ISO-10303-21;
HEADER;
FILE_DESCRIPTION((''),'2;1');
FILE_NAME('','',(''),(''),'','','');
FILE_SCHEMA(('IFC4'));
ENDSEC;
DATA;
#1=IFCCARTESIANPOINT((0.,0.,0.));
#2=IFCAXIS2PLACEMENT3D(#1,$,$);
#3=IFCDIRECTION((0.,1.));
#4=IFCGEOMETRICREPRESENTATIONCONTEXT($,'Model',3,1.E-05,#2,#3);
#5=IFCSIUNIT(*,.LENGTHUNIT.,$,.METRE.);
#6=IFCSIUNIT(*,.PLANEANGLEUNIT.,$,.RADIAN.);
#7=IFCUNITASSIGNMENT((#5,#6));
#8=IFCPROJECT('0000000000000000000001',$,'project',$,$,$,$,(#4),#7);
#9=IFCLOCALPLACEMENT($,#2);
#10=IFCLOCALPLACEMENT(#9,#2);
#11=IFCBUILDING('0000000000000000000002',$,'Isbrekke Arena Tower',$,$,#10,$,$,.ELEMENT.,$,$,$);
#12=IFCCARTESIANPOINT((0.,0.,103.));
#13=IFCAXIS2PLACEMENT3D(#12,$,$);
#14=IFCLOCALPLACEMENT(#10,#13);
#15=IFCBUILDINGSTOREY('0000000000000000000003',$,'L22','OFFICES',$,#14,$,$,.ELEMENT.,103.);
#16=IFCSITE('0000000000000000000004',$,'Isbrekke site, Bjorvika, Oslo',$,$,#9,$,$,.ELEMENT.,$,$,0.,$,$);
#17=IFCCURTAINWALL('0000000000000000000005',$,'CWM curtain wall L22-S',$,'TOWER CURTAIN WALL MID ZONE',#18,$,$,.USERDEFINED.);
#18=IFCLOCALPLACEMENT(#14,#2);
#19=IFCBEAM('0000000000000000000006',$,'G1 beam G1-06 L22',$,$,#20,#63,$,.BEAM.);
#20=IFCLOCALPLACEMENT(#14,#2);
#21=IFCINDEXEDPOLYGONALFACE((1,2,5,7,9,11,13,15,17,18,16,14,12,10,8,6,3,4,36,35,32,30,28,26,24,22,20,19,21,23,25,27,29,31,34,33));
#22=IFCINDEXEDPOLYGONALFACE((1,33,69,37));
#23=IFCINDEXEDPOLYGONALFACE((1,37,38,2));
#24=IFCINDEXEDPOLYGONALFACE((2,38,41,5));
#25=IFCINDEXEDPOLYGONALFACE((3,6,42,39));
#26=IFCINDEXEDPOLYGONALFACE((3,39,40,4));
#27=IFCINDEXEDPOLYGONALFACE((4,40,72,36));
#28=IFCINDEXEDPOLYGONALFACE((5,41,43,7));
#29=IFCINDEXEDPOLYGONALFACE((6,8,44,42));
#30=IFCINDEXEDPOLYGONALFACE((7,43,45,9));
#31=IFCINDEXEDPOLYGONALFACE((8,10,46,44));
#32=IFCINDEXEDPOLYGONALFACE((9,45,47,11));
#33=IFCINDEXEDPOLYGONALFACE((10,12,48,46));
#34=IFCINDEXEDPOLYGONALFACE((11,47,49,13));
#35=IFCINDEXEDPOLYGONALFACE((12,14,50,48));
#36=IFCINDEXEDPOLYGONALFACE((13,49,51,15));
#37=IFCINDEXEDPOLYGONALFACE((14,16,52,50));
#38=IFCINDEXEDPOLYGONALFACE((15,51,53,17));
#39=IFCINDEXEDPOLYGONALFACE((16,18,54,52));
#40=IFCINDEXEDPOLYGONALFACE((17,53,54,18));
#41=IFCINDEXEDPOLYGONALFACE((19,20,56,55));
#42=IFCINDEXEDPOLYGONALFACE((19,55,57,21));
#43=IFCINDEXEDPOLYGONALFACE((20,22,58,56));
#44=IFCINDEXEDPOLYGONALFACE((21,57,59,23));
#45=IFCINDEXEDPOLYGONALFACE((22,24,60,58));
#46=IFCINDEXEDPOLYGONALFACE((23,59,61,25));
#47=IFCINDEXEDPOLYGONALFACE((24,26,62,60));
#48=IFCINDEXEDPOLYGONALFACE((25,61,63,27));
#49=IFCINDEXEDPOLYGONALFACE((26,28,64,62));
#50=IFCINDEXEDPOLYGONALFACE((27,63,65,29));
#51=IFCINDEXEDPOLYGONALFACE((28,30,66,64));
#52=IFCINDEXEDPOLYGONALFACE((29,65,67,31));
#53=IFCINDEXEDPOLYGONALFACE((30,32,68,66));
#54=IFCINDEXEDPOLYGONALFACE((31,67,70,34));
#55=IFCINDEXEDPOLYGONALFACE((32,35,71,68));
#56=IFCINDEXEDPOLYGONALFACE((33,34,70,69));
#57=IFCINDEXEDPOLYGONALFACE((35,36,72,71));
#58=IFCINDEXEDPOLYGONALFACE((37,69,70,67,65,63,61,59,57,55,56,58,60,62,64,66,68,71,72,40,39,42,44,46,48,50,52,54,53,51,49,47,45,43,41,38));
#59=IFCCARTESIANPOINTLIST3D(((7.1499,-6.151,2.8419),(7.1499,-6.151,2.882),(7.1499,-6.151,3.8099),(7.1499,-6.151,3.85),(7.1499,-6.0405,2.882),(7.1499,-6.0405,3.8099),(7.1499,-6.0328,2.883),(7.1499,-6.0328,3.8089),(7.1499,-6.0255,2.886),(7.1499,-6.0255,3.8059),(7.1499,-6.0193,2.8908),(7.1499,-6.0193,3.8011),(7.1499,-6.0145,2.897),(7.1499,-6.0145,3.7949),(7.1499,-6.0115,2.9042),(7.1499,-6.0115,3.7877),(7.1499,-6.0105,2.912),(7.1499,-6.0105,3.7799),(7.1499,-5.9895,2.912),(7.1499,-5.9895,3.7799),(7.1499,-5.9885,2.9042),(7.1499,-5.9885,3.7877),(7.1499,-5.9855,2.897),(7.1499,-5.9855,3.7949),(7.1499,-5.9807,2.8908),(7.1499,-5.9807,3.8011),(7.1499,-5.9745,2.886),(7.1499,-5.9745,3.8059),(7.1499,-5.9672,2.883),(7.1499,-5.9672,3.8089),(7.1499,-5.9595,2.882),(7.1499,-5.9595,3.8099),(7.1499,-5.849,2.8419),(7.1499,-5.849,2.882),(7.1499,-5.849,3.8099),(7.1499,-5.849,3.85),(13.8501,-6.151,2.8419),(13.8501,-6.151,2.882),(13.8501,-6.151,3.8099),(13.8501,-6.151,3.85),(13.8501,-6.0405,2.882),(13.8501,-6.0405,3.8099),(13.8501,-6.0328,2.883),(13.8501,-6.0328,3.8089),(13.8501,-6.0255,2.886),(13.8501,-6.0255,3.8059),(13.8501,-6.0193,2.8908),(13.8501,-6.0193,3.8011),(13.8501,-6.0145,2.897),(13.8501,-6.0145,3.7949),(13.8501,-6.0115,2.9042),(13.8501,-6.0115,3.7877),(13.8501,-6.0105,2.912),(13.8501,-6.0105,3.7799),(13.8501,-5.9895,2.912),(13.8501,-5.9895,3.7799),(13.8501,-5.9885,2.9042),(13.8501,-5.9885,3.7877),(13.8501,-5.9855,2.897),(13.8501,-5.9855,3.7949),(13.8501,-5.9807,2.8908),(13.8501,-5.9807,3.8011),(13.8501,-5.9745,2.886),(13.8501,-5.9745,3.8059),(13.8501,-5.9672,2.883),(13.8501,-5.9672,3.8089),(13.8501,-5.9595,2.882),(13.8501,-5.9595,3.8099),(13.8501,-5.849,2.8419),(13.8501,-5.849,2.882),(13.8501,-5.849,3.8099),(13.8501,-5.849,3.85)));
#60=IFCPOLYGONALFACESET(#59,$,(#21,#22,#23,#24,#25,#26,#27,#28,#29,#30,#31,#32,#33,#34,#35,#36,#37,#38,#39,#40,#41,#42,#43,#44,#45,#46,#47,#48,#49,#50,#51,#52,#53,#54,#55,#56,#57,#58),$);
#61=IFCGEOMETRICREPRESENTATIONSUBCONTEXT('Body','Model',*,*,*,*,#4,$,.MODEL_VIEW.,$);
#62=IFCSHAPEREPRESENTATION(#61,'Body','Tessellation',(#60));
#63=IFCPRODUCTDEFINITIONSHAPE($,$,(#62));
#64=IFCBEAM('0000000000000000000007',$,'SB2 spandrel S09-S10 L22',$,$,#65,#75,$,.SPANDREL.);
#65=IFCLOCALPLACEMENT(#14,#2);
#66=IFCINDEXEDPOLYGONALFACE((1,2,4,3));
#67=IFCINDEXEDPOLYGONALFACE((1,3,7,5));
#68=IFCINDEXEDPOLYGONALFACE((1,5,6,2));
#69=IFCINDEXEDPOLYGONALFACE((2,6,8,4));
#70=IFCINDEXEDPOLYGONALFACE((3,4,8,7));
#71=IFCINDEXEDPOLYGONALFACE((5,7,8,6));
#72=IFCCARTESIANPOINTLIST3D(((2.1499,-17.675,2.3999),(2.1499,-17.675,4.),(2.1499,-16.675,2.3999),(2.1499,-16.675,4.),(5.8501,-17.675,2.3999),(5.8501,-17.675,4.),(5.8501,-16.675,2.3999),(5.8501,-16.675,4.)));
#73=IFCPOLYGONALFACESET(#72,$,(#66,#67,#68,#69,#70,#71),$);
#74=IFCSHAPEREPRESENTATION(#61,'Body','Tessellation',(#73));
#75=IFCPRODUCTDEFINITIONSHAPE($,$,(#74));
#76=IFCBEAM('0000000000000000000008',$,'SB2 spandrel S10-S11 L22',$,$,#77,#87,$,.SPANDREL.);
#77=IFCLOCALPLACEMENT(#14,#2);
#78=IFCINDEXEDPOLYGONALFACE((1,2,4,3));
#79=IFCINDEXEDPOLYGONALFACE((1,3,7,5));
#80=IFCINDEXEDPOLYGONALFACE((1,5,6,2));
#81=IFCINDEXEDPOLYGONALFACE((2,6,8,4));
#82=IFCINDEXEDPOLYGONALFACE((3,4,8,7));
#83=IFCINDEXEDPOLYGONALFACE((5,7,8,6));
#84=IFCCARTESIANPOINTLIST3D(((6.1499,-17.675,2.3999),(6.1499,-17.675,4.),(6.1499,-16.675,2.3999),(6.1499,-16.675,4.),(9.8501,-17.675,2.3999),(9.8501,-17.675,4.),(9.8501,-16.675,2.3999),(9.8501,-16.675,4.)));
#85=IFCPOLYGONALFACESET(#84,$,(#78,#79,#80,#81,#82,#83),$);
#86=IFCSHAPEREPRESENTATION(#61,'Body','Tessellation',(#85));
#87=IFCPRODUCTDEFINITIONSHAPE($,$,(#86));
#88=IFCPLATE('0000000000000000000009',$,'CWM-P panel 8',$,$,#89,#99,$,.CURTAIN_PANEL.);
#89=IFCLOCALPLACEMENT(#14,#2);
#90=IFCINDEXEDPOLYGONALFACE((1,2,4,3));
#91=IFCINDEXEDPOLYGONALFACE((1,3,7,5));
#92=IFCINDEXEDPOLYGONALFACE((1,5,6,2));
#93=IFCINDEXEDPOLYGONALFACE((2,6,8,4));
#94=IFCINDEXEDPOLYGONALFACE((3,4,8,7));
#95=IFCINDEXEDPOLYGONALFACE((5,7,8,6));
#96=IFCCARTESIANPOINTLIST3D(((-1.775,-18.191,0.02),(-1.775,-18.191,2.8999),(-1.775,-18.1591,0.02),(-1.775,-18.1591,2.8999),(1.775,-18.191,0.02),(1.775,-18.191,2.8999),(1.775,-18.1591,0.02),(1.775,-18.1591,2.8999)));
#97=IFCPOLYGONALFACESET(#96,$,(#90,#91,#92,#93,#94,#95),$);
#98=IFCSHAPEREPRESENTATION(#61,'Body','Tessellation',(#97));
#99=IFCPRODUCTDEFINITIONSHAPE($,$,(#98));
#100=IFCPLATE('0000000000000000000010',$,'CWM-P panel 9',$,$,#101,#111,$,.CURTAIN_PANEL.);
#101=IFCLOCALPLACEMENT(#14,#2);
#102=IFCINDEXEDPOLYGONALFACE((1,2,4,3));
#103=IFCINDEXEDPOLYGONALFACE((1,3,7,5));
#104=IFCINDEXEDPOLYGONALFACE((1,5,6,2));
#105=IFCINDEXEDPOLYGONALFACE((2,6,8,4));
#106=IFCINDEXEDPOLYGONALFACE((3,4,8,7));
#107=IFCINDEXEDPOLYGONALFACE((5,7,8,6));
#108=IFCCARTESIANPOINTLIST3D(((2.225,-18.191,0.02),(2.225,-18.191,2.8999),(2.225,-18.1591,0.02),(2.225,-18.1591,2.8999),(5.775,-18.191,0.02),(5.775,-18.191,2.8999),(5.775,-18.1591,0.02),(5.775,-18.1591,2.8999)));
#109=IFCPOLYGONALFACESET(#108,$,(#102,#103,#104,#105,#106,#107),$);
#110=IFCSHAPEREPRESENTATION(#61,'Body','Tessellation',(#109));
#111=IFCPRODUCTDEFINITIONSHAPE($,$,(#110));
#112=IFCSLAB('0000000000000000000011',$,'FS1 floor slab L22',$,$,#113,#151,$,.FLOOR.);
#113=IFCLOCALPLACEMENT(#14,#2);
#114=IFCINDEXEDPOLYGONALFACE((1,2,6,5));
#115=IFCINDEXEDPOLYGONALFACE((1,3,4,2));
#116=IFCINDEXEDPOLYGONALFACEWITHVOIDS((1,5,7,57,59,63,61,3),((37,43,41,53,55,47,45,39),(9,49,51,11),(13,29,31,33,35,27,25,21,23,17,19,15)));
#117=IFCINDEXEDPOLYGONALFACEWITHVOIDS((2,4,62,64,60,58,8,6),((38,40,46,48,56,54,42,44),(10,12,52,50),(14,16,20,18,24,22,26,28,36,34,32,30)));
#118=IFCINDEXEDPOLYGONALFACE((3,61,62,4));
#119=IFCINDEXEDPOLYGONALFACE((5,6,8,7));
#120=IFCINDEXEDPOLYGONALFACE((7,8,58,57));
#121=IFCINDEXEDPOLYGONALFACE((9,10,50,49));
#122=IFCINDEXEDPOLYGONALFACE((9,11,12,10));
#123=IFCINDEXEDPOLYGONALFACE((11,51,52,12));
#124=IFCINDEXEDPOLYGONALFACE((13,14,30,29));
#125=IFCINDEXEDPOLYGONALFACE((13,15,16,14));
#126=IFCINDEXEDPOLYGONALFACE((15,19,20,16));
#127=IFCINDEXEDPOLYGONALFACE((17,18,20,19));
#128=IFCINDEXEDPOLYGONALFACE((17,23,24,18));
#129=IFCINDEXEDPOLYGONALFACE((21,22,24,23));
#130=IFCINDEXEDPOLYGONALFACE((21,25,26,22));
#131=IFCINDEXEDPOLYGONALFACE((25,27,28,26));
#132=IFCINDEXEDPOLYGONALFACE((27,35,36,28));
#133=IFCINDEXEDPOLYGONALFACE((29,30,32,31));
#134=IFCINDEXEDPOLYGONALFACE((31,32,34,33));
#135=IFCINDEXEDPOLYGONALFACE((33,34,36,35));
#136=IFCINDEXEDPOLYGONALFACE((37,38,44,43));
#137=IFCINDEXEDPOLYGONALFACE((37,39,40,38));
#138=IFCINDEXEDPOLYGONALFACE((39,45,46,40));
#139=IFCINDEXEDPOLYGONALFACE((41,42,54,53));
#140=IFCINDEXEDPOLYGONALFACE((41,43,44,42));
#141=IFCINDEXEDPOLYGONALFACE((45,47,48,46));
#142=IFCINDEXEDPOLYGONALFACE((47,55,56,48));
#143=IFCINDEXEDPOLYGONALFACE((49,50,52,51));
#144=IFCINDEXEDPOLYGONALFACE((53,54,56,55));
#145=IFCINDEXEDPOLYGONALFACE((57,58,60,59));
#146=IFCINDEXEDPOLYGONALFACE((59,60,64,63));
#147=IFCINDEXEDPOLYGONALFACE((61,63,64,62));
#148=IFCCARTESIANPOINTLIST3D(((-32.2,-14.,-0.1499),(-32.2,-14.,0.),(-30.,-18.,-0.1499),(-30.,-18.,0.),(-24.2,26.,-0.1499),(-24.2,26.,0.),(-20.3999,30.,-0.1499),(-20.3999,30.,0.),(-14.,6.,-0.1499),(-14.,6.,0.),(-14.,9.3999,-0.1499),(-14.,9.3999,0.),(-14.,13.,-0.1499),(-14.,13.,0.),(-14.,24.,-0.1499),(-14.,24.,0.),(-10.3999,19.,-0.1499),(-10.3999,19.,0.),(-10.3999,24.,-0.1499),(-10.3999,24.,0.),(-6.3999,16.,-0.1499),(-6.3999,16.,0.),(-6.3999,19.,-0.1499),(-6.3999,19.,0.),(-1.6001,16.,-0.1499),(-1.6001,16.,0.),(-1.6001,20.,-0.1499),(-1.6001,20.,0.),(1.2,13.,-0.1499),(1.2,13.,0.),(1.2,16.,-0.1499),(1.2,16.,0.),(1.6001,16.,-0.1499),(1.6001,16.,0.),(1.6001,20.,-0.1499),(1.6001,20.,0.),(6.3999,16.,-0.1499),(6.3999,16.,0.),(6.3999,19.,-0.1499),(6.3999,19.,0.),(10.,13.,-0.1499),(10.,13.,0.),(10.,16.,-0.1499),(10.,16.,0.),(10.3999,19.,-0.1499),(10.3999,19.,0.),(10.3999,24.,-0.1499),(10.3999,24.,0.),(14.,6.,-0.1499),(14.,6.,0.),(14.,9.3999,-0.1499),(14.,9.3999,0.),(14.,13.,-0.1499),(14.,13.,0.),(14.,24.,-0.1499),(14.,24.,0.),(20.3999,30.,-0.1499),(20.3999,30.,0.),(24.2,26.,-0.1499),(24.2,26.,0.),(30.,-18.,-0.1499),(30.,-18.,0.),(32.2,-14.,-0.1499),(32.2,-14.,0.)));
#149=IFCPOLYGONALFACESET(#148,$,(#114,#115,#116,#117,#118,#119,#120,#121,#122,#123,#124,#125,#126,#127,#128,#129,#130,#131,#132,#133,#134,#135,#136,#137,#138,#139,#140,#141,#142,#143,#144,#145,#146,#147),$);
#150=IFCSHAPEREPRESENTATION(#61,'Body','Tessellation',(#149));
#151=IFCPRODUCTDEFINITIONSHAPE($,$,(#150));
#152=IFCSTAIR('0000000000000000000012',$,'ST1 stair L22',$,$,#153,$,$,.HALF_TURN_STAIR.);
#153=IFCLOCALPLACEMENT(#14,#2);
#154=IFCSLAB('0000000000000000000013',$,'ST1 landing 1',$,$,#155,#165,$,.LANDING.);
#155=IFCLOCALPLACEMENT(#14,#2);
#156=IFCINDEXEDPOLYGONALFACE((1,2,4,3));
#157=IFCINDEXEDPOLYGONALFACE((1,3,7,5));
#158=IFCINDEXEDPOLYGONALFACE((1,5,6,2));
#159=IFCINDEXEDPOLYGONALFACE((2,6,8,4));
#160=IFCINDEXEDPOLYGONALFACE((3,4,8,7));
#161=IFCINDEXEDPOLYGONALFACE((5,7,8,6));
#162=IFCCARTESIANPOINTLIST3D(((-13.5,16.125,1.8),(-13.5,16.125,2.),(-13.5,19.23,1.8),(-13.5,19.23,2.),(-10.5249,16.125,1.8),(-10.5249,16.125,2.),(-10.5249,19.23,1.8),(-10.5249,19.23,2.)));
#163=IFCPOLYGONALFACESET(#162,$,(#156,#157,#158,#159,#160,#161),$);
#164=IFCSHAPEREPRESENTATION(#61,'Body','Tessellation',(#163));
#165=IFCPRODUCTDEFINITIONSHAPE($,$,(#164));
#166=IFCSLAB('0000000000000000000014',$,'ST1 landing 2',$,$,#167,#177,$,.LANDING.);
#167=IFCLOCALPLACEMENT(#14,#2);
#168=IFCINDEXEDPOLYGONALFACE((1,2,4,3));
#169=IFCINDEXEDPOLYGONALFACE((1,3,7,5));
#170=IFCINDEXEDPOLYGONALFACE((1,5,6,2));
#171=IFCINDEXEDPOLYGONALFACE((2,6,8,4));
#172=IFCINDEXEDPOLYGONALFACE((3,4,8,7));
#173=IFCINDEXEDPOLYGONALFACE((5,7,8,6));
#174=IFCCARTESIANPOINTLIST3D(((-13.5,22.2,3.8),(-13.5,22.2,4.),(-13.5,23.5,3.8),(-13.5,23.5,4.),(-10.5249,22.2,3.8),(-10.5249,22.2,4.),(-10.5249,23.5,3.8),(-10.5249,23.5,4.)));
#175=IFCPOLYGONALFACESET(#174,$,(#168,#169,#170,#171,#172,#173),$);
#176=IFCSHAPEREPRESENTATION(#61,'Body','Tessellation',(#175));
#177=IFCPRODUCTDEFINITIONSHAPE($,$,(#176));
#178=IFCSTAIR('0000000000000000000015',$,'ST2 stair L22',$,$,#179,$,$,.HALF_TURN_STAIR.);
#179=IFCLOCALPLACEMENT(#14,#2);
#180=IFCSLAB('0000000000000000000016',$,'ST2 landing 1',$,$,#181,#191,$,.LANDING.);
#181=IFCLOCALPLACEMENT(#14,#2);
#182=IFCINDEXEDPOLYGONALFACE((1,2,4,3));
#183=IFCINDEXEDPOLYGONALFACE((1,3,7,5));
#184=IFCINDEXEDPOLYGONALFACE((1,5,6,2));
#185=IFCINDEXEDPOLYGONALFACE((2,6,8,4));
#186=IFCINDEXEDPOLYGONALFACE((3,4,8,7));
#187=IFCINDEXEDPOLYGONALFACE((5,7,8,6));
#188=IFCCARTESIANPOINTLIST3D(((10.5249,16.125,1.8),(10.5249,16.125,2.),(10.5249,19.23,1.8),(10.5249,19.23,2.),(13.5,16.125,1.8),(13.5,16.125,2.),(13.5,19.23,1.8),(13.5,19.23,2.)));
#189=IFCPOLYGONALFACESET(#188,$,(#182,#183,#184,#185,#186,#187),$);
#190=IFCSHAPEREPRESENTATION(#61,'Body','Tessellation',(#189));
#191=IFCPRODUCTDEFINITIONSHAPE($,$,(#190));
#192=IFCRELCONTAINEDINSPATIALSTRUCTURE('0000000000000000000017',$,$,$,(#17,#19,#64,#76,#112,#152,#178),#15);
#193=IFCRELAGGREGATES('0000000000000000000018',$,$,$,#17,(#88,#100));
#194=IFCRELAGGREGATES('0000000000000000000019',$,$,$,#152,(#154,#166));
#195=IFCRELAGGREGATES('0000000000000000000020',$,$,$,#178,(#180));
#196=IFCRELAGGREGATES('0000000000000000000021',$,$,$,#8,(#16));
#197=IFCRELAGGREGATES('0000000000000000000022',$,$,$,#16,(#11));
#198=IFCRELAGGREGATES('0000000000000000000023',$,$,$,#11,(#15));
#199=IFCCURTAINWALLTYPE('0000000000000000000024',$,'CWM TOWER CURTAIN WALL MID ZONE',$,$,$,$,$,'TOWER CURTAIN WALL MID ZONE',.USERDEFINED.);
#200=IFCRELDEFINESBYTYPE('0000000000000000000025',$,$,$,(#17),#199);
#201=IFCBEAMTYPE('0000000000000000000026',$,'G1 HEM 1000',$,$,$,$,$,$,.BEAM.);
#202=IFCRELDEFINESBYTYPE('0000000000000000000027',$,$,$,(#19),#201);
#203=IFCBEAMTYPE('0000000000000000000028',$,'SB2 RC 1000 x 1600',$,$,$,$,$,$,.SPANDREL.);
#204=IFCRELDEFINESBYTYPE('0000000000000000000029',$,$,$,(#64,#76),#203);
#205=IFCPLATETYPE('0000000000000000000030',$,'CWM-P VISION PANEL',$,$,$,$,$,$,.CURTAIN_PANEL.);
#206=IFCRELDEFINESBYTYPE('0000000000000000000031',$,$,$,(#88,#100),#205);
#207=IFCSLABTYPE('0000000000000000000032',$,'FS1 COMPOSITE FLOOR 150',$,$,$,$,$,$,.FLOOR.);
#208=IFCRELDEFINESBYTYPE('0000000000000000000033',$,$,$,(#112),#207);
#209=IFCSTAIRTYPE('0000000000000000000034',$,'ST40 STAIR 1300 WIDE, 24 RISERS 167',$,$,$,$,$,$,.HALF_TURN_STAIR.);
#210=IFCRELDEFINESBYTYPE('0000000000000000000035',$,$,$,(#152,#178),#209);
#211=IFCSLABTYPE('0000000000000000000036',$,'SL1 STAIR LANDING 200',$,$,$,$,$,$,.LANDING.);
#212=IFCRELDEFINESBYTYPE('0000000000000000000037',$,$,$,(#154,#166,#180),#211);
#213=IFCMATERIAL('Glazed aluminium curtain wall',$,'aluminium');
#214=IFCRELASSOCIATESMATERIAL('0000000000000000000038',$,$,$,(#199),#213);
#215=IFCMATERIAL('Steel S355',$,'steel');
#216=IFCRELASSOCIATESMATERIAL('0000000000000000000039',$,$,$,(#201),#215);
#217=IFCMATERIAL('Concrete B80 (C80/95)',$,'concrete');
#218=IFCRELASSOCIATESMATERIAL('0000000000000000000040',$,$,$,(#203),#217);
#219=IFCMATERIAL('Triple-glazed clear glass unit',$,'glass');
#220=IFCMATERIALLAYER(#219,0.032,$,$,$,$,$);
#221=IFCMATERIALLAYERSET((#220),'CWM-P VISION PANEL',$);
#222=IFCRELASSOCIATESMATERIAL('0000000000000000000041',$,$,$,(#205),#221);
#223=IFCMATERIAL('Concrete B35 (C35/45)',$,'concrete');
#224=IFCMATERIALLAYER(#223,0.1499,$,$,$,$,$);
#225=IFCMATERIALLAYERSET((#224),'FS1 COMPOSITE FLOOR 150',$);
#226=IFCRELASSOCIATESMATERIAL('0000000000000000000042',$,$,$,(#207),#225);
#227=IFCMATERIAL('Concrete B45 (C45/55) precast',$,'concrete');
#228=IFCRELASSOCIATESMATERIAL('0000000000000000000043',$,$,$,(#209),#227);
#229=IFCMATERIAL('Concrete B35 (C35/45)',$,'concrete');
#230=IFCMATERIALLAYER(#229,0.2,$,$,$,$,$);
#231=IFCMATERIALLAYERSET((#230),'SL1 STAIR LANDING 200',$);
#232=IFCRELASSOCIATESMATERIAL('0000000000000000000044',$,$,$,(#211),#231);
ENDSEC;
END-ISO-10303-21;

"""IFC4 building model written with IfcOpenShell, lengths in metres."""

from ifc_helpers import new_model, si_unit, direction, frame, origin, origin_2d, place, context, subcontext, project, spatial, polyline, rectangle, i_section, outline, extrude, material, layer, layer_set, material_profile, profile_set, type_object, element, aggregate, save


model = new_model("IFC4")

# Units and contexts
model_context = context("Model", 3, precision=1e-05, world=origin(), true_north=direction((0.0, 1.0)))
body_context = subcontext(model_context, "Body", "Model", "MODEL_VIEW")
ifc_project = project(units=[si_unit("LENGTHUNIT", "METRE"), si_unit("PLANEANGLEUNIT", "RADIAN")], contexts=[model_context])

# Site, building, storey
site_placement = place(None, origin())
site = spatial("IfcSite", under=ifc_project, at=site_placement, Name="Isbrekke site, Bjorvika, Oslo", CompositionType="ELEMENT", RefElevation=0.0)
building_placement = place(site_placement, origin())
building = spatial("IfcBuilding", under=site, at=building_placement, Name="Isbrekke Arena Tower", CompositionType="ELEMENT")
storey_placement = place(building_placement, frame((0.0, 0.0, 103.0)))
storey = spatial("IfcBuildingStorey", under=building, at=storey_placement, Name="L22", Description="OFFICES", CompositionType="ELEMENT", Elevation=103.0)

# Curtain wall
ifc_material_1 = material(Name="Glazed aluminium curtain wall", Category="aluminium")
curtain_wall_type = type_object("IfcCurtainWallType", Name="CWM TOWER CURTAIN WALL MID ZONE", ElementType="TOWER CURTAIN WALL MID ZONE", PredefinedType="USERDEFINED", material=ifc_material_1)
curtain_wall_placement = place(storey_placement, origin())
curtain_wall = element("IfcCurtainWall", 1, at=curtain_wall_placement, inside=storey, type_object=curtain_wall_type, Name="CWM curtain wall L22-S", ObjectType="TOWER CURTAIN WALL MID ZONE", PredefinedType="USERDEFINED")

# Beams
ifc_material_2 = material(Name="Steel S355", Category="steel")
ifc_material_profile_1 = material_profile(ifc_material_2, i_section(OverallWidth=0.302, OverallDepth=1.0081, WebThickness=0.021, FlangeThickness=0.04, FilletRadius=0.03, at=origin_2d()), Name="HEM 1000")
ifc_profile_set_1 = profile_set([ifc_material_profile_1], Name="Steel S355")
beam_type_1 = type_object("IfcBeamType", Name="G1 HEM 1000", PredefinedType="BEAM", material=ifc_profile_set_1)
for number, where, z_axis, x_axis, name in (
    (2, (7.1499, -6.0, 3.3459), (1.0, 0.0, 0.0), (0.0, 1.0, 0.0), "G1 beam G1-06 L22"),
):
    element("IfcBeam", number, at=place(storey_placement, frame(where, z_axis=z_axis, x_axis=x_axis)), inside=storey, type_object=beam_type_1, Name=name, PredefinedType="BEAM", context=body_context, shape_type="SweptSolid", body=[
        extrude(i_section(OverallWidth=0.302, OverallDepth=1.0081, WebThickness=0.021, FlangeThickness=0.04, FilletRadius=0.03, at=origin_2d()), origin(), (0.0, 0.0, 1.0), 6.7002),
    ])
ifc_material_3 = material(Name="Concrete B80 (C80/95)", Category="concrete")
ifc_material_profile_2 = material_profile(ifc_material_3, rectangle(XDim=1.0, YDim=1.6001, at=origin_2d()), Name="RC 1000x1600")
ifc_profile_set_2 = profile_set([ifc_material_profile_2], Name="Concrete B80 (C80/95)")
beam_type_2 = type_object("IfcBeamType", Name="SB2 RC 1000 x 1600", PredefinedType="SPANDREL", material=ifc_profile_set_2)
for number, where, z_axis, x_axis, name in (
    (3, (2.1499, -17.175, 3.2), (1.0, 0.0, 0.0), (0.0, 1.0, 0.0), "SB2 spandrel S09-S10 L22"),
    (4, (6.1499, -17.175, 3.2), (1.0, 0.0, 0.0), (0.0, 1.0, 0.0), "SB2 spandrel S10-S11 L22"),
):
    element("IfcBeam", number, at=place(storey_placement, frame(where, z_axis=z_axis, x_axis=x_axis)), inside=storey, type_object=beam_type_2, Name=name, PredefinedType="SPANDREL", context=body_context, shape_type="SweptSolid", body=[
        extrude(rectangle(XDim=1.0, YDim=1.6001, at=origin_2d()), origin(), (0.0, 0.0, 1.0), 3.7002),
    ])

# Plates
ifc_material_4 = material(Name="Triple-glazed clear glass unit", Category="glass")
ifc_layer_1 = layer(ifc_material_4, 0.032)
ifc_layer_set_1 = layer_set([ifc_layer_1], Name="CWM-P VISION PANEL")
plate_type = type_object("IfcPlateType", Name="CWM-P VISION PANEL", PredefinedType="CURTAIN_PANEL", material=ifc_layer_set_1)
plate_1_placement = place(storey_placement, frame((0.0, -18.175, 0.02), z_axis=(0.0, 0.0, 1.0), x_axis=(1.0, 0.0, 0.0)))
plate_1 = element("IfcPlate", 5, at=plate_1_placement, type_object=plate_type, Name="CWM-P panel 8", PredefinedType="CURTAIN_PANEL", context=body_context, shape_type="SweptSolid", body=[
    extrude(rectangle(XDim=3.55, YDim=0.032, at=origin_2d()), origin(), (0.0, 0.0, 1.0), 2.8799),
])
plate_2_placement = place(storey_placement, frame((4.0, -18.175, 0.02), z_axis=(0.0, 0.0, 1.0), x_axis=(1.0, 0.0, 0.0)))
plate_2 = element("IfcPlate", 6, at=plate_2_placement, type_object=plate_type, Name="CWM-P panel 9", PredefinedType="CURTAIN_PANEL", context=body_context, shape_type="SweptSolid", body=[
    extrude(rectangle(XDim=3.55, YDim=0.032, at=origin_2d()), origin(), (0.0, 0.0, 1.0), 2.8799),
])
aggregate(curtain_wall, [plate_1, plate_2])

# Slab
ifc_material_5 = material(Name="Concrete B35 (C35/45)", Category="concrete")
ifc_layer_2 = layer(ifc_material_5, 0.1499)
ifc_layer_set_2 = layer_set([ifc_layer_2], Name="FS1 COMPOSITE FLOOR 150")
slab_type_1 = type_object("IfcSlabType", Name="FS1 COMPOSITE FLOOR 150", PredefinedType="FLOOR", material=ifc_layer_set_2)
slab_1_placement = place(storey_placement, frame((0.0, 0.0, -0.1499)))
element("IfcSlab", 7, at=slab_1_placement, inside=storey, type_object=slab_type_1, Name="FS1 floor slab L22", PredefinedType="FLOOR", context=body_context, shape_type="SweptSolid", body=[
    extrude(outline(polyline([(-30.0, -18.0), (30.0, -18.0), (32.2, -14.0), (24.2, 26.0), (20.3999, 30.0), (-20.3999, 30.0), (-24.2, 26.0), (-32.2, -14.0), (-30.0, -18.0)]), holes=[polyline([(14.0, 9.3999), (14.0, 6.0), (-14.0, 6.0), (-14.0, 9.3999), (14.0, 9.3999)]), polyline([(-6.3999, 19.0), (-6.3999, 16.0), (-1.6001, 16.0), (-1.6001, 20.0), (1.6001, 20.0), (1.6001, 16.0), (1.2, 16.0), (1.2, 13.0), (-14.0, 13.0), (-14.0, 24.0), (-10.3999, 24.0), (-10.3999, 19.0), (-6.3999, 19.0)]), polyline([(10.0, 13.0), (10.0, 16.0), (6.3999, 16.0), (6.3999, 19.0), (10.3999, 19.0), (10.3999, 24.0), (14.0, 24.0), (14.0, 13.0), (10.0, 13.0)])]), origin(), (0.0, 0.0, 1.0), 0.1499),
])

# Stairs, slabs
ifc_material_6 = material(Name="Concrete B45 (C45/55) precast", Category="concrete")
stair_type = type_object("IfcStairType", Name="ST40 STAIR 1300 WIDE, 24 RISERS 167", PredefinedType="HALF_TURN_STAIR", material=ifc_material_6)
stair_1_placement = place(storey_placement, origin())
stair_1 = element("IfcStair", 8, at=stair_1_placement, inside=storey, type_object=stair_type, Name="ST1 stair L22", PredefinedType="HALF_TURN_STAIR")
ifc_material_7 = material(Name="Concrete B35 (C35/45)", Category="concrete")
ifc_layer_3 = layer(ifc_material_7, 0.2)
ifc_layer_set_3 = layer_set([ifc_layer_3], Name="SL1 STAIR LANDING 200")
slab_type_2 = type_object("IfcSlabType", Name="SL1 STAIR LANDING 200", PredefinedType="LANDING", material=ifc_layer_set_3)
slab_2_placement = place(storey_placement, frame((0.0, 0.0, 1.8)))
slab_2 = element("IfcSlab", 9, at=slab_2_placement, type_object=slab_type_2, Name="ST1 landing 1", PredefinedType="LANDING", context=body_context, shape_type="SweptSolid", body=[
    extrude(outline(polyline([(-13.5, 16.125), (-10.5249, 16.125), (-10.5249, 19.23), (-13.5, 19.23), (-13.5, 16.125)])), origin(), (0.0, 0.0, 1.0), 0.2),
])
slab_3_placement = place(storey_placement, frame((0.0, 0.0, 3.8)))
slab_3 = element("IfcSlab", 10, at=slab_3_placement, type_object=slab_type_2, Name="ST1 landing 2", PredefinedType="LANDING", context=body_context, shape_type="SweptSolid", body=[
    extrude(outline(polyline([(-13.5, 22.2), (-10.5249, 22.2), (-10.5249, 23.5), (-13.5, 23.5), (-13.5, 22.2)])), origin(), (0.0, 0.0, 1.0), 0.2),
])
aggregate(stair_1, [slab_2, slab_3])
stair_2_placement = place(storey_placement, origin())
stair_2 = element("IfcStair", 11, at=stair_2_placement, inside=storey, type_object=stair_type, Name="ST2 stair L22", PredefinedType="HALF_TURN_STAIR")
slab_4_placement = place(storey_placement, frame((0.0, 0.0, 1.8)))
slab_4 = element("IfcSlab", 12, at=slab_4_placement, type_object=slab_type_2, Name="ST2 landing 1", PredefinedType="LANDING", context=body_context, shape_type="SweptSolid", body=[
    extrude(outline(polyline([(10.5249, 16.125), (13.5, 16.125), (13.5, 19.23), (10.5249, 19.23), (10.5249, 16.125)])), origin(), (0.0, 0.0, 1.0), 0.2),
])
aggregate(stair_2, [slab_4])

save(model, "model.ifc")
